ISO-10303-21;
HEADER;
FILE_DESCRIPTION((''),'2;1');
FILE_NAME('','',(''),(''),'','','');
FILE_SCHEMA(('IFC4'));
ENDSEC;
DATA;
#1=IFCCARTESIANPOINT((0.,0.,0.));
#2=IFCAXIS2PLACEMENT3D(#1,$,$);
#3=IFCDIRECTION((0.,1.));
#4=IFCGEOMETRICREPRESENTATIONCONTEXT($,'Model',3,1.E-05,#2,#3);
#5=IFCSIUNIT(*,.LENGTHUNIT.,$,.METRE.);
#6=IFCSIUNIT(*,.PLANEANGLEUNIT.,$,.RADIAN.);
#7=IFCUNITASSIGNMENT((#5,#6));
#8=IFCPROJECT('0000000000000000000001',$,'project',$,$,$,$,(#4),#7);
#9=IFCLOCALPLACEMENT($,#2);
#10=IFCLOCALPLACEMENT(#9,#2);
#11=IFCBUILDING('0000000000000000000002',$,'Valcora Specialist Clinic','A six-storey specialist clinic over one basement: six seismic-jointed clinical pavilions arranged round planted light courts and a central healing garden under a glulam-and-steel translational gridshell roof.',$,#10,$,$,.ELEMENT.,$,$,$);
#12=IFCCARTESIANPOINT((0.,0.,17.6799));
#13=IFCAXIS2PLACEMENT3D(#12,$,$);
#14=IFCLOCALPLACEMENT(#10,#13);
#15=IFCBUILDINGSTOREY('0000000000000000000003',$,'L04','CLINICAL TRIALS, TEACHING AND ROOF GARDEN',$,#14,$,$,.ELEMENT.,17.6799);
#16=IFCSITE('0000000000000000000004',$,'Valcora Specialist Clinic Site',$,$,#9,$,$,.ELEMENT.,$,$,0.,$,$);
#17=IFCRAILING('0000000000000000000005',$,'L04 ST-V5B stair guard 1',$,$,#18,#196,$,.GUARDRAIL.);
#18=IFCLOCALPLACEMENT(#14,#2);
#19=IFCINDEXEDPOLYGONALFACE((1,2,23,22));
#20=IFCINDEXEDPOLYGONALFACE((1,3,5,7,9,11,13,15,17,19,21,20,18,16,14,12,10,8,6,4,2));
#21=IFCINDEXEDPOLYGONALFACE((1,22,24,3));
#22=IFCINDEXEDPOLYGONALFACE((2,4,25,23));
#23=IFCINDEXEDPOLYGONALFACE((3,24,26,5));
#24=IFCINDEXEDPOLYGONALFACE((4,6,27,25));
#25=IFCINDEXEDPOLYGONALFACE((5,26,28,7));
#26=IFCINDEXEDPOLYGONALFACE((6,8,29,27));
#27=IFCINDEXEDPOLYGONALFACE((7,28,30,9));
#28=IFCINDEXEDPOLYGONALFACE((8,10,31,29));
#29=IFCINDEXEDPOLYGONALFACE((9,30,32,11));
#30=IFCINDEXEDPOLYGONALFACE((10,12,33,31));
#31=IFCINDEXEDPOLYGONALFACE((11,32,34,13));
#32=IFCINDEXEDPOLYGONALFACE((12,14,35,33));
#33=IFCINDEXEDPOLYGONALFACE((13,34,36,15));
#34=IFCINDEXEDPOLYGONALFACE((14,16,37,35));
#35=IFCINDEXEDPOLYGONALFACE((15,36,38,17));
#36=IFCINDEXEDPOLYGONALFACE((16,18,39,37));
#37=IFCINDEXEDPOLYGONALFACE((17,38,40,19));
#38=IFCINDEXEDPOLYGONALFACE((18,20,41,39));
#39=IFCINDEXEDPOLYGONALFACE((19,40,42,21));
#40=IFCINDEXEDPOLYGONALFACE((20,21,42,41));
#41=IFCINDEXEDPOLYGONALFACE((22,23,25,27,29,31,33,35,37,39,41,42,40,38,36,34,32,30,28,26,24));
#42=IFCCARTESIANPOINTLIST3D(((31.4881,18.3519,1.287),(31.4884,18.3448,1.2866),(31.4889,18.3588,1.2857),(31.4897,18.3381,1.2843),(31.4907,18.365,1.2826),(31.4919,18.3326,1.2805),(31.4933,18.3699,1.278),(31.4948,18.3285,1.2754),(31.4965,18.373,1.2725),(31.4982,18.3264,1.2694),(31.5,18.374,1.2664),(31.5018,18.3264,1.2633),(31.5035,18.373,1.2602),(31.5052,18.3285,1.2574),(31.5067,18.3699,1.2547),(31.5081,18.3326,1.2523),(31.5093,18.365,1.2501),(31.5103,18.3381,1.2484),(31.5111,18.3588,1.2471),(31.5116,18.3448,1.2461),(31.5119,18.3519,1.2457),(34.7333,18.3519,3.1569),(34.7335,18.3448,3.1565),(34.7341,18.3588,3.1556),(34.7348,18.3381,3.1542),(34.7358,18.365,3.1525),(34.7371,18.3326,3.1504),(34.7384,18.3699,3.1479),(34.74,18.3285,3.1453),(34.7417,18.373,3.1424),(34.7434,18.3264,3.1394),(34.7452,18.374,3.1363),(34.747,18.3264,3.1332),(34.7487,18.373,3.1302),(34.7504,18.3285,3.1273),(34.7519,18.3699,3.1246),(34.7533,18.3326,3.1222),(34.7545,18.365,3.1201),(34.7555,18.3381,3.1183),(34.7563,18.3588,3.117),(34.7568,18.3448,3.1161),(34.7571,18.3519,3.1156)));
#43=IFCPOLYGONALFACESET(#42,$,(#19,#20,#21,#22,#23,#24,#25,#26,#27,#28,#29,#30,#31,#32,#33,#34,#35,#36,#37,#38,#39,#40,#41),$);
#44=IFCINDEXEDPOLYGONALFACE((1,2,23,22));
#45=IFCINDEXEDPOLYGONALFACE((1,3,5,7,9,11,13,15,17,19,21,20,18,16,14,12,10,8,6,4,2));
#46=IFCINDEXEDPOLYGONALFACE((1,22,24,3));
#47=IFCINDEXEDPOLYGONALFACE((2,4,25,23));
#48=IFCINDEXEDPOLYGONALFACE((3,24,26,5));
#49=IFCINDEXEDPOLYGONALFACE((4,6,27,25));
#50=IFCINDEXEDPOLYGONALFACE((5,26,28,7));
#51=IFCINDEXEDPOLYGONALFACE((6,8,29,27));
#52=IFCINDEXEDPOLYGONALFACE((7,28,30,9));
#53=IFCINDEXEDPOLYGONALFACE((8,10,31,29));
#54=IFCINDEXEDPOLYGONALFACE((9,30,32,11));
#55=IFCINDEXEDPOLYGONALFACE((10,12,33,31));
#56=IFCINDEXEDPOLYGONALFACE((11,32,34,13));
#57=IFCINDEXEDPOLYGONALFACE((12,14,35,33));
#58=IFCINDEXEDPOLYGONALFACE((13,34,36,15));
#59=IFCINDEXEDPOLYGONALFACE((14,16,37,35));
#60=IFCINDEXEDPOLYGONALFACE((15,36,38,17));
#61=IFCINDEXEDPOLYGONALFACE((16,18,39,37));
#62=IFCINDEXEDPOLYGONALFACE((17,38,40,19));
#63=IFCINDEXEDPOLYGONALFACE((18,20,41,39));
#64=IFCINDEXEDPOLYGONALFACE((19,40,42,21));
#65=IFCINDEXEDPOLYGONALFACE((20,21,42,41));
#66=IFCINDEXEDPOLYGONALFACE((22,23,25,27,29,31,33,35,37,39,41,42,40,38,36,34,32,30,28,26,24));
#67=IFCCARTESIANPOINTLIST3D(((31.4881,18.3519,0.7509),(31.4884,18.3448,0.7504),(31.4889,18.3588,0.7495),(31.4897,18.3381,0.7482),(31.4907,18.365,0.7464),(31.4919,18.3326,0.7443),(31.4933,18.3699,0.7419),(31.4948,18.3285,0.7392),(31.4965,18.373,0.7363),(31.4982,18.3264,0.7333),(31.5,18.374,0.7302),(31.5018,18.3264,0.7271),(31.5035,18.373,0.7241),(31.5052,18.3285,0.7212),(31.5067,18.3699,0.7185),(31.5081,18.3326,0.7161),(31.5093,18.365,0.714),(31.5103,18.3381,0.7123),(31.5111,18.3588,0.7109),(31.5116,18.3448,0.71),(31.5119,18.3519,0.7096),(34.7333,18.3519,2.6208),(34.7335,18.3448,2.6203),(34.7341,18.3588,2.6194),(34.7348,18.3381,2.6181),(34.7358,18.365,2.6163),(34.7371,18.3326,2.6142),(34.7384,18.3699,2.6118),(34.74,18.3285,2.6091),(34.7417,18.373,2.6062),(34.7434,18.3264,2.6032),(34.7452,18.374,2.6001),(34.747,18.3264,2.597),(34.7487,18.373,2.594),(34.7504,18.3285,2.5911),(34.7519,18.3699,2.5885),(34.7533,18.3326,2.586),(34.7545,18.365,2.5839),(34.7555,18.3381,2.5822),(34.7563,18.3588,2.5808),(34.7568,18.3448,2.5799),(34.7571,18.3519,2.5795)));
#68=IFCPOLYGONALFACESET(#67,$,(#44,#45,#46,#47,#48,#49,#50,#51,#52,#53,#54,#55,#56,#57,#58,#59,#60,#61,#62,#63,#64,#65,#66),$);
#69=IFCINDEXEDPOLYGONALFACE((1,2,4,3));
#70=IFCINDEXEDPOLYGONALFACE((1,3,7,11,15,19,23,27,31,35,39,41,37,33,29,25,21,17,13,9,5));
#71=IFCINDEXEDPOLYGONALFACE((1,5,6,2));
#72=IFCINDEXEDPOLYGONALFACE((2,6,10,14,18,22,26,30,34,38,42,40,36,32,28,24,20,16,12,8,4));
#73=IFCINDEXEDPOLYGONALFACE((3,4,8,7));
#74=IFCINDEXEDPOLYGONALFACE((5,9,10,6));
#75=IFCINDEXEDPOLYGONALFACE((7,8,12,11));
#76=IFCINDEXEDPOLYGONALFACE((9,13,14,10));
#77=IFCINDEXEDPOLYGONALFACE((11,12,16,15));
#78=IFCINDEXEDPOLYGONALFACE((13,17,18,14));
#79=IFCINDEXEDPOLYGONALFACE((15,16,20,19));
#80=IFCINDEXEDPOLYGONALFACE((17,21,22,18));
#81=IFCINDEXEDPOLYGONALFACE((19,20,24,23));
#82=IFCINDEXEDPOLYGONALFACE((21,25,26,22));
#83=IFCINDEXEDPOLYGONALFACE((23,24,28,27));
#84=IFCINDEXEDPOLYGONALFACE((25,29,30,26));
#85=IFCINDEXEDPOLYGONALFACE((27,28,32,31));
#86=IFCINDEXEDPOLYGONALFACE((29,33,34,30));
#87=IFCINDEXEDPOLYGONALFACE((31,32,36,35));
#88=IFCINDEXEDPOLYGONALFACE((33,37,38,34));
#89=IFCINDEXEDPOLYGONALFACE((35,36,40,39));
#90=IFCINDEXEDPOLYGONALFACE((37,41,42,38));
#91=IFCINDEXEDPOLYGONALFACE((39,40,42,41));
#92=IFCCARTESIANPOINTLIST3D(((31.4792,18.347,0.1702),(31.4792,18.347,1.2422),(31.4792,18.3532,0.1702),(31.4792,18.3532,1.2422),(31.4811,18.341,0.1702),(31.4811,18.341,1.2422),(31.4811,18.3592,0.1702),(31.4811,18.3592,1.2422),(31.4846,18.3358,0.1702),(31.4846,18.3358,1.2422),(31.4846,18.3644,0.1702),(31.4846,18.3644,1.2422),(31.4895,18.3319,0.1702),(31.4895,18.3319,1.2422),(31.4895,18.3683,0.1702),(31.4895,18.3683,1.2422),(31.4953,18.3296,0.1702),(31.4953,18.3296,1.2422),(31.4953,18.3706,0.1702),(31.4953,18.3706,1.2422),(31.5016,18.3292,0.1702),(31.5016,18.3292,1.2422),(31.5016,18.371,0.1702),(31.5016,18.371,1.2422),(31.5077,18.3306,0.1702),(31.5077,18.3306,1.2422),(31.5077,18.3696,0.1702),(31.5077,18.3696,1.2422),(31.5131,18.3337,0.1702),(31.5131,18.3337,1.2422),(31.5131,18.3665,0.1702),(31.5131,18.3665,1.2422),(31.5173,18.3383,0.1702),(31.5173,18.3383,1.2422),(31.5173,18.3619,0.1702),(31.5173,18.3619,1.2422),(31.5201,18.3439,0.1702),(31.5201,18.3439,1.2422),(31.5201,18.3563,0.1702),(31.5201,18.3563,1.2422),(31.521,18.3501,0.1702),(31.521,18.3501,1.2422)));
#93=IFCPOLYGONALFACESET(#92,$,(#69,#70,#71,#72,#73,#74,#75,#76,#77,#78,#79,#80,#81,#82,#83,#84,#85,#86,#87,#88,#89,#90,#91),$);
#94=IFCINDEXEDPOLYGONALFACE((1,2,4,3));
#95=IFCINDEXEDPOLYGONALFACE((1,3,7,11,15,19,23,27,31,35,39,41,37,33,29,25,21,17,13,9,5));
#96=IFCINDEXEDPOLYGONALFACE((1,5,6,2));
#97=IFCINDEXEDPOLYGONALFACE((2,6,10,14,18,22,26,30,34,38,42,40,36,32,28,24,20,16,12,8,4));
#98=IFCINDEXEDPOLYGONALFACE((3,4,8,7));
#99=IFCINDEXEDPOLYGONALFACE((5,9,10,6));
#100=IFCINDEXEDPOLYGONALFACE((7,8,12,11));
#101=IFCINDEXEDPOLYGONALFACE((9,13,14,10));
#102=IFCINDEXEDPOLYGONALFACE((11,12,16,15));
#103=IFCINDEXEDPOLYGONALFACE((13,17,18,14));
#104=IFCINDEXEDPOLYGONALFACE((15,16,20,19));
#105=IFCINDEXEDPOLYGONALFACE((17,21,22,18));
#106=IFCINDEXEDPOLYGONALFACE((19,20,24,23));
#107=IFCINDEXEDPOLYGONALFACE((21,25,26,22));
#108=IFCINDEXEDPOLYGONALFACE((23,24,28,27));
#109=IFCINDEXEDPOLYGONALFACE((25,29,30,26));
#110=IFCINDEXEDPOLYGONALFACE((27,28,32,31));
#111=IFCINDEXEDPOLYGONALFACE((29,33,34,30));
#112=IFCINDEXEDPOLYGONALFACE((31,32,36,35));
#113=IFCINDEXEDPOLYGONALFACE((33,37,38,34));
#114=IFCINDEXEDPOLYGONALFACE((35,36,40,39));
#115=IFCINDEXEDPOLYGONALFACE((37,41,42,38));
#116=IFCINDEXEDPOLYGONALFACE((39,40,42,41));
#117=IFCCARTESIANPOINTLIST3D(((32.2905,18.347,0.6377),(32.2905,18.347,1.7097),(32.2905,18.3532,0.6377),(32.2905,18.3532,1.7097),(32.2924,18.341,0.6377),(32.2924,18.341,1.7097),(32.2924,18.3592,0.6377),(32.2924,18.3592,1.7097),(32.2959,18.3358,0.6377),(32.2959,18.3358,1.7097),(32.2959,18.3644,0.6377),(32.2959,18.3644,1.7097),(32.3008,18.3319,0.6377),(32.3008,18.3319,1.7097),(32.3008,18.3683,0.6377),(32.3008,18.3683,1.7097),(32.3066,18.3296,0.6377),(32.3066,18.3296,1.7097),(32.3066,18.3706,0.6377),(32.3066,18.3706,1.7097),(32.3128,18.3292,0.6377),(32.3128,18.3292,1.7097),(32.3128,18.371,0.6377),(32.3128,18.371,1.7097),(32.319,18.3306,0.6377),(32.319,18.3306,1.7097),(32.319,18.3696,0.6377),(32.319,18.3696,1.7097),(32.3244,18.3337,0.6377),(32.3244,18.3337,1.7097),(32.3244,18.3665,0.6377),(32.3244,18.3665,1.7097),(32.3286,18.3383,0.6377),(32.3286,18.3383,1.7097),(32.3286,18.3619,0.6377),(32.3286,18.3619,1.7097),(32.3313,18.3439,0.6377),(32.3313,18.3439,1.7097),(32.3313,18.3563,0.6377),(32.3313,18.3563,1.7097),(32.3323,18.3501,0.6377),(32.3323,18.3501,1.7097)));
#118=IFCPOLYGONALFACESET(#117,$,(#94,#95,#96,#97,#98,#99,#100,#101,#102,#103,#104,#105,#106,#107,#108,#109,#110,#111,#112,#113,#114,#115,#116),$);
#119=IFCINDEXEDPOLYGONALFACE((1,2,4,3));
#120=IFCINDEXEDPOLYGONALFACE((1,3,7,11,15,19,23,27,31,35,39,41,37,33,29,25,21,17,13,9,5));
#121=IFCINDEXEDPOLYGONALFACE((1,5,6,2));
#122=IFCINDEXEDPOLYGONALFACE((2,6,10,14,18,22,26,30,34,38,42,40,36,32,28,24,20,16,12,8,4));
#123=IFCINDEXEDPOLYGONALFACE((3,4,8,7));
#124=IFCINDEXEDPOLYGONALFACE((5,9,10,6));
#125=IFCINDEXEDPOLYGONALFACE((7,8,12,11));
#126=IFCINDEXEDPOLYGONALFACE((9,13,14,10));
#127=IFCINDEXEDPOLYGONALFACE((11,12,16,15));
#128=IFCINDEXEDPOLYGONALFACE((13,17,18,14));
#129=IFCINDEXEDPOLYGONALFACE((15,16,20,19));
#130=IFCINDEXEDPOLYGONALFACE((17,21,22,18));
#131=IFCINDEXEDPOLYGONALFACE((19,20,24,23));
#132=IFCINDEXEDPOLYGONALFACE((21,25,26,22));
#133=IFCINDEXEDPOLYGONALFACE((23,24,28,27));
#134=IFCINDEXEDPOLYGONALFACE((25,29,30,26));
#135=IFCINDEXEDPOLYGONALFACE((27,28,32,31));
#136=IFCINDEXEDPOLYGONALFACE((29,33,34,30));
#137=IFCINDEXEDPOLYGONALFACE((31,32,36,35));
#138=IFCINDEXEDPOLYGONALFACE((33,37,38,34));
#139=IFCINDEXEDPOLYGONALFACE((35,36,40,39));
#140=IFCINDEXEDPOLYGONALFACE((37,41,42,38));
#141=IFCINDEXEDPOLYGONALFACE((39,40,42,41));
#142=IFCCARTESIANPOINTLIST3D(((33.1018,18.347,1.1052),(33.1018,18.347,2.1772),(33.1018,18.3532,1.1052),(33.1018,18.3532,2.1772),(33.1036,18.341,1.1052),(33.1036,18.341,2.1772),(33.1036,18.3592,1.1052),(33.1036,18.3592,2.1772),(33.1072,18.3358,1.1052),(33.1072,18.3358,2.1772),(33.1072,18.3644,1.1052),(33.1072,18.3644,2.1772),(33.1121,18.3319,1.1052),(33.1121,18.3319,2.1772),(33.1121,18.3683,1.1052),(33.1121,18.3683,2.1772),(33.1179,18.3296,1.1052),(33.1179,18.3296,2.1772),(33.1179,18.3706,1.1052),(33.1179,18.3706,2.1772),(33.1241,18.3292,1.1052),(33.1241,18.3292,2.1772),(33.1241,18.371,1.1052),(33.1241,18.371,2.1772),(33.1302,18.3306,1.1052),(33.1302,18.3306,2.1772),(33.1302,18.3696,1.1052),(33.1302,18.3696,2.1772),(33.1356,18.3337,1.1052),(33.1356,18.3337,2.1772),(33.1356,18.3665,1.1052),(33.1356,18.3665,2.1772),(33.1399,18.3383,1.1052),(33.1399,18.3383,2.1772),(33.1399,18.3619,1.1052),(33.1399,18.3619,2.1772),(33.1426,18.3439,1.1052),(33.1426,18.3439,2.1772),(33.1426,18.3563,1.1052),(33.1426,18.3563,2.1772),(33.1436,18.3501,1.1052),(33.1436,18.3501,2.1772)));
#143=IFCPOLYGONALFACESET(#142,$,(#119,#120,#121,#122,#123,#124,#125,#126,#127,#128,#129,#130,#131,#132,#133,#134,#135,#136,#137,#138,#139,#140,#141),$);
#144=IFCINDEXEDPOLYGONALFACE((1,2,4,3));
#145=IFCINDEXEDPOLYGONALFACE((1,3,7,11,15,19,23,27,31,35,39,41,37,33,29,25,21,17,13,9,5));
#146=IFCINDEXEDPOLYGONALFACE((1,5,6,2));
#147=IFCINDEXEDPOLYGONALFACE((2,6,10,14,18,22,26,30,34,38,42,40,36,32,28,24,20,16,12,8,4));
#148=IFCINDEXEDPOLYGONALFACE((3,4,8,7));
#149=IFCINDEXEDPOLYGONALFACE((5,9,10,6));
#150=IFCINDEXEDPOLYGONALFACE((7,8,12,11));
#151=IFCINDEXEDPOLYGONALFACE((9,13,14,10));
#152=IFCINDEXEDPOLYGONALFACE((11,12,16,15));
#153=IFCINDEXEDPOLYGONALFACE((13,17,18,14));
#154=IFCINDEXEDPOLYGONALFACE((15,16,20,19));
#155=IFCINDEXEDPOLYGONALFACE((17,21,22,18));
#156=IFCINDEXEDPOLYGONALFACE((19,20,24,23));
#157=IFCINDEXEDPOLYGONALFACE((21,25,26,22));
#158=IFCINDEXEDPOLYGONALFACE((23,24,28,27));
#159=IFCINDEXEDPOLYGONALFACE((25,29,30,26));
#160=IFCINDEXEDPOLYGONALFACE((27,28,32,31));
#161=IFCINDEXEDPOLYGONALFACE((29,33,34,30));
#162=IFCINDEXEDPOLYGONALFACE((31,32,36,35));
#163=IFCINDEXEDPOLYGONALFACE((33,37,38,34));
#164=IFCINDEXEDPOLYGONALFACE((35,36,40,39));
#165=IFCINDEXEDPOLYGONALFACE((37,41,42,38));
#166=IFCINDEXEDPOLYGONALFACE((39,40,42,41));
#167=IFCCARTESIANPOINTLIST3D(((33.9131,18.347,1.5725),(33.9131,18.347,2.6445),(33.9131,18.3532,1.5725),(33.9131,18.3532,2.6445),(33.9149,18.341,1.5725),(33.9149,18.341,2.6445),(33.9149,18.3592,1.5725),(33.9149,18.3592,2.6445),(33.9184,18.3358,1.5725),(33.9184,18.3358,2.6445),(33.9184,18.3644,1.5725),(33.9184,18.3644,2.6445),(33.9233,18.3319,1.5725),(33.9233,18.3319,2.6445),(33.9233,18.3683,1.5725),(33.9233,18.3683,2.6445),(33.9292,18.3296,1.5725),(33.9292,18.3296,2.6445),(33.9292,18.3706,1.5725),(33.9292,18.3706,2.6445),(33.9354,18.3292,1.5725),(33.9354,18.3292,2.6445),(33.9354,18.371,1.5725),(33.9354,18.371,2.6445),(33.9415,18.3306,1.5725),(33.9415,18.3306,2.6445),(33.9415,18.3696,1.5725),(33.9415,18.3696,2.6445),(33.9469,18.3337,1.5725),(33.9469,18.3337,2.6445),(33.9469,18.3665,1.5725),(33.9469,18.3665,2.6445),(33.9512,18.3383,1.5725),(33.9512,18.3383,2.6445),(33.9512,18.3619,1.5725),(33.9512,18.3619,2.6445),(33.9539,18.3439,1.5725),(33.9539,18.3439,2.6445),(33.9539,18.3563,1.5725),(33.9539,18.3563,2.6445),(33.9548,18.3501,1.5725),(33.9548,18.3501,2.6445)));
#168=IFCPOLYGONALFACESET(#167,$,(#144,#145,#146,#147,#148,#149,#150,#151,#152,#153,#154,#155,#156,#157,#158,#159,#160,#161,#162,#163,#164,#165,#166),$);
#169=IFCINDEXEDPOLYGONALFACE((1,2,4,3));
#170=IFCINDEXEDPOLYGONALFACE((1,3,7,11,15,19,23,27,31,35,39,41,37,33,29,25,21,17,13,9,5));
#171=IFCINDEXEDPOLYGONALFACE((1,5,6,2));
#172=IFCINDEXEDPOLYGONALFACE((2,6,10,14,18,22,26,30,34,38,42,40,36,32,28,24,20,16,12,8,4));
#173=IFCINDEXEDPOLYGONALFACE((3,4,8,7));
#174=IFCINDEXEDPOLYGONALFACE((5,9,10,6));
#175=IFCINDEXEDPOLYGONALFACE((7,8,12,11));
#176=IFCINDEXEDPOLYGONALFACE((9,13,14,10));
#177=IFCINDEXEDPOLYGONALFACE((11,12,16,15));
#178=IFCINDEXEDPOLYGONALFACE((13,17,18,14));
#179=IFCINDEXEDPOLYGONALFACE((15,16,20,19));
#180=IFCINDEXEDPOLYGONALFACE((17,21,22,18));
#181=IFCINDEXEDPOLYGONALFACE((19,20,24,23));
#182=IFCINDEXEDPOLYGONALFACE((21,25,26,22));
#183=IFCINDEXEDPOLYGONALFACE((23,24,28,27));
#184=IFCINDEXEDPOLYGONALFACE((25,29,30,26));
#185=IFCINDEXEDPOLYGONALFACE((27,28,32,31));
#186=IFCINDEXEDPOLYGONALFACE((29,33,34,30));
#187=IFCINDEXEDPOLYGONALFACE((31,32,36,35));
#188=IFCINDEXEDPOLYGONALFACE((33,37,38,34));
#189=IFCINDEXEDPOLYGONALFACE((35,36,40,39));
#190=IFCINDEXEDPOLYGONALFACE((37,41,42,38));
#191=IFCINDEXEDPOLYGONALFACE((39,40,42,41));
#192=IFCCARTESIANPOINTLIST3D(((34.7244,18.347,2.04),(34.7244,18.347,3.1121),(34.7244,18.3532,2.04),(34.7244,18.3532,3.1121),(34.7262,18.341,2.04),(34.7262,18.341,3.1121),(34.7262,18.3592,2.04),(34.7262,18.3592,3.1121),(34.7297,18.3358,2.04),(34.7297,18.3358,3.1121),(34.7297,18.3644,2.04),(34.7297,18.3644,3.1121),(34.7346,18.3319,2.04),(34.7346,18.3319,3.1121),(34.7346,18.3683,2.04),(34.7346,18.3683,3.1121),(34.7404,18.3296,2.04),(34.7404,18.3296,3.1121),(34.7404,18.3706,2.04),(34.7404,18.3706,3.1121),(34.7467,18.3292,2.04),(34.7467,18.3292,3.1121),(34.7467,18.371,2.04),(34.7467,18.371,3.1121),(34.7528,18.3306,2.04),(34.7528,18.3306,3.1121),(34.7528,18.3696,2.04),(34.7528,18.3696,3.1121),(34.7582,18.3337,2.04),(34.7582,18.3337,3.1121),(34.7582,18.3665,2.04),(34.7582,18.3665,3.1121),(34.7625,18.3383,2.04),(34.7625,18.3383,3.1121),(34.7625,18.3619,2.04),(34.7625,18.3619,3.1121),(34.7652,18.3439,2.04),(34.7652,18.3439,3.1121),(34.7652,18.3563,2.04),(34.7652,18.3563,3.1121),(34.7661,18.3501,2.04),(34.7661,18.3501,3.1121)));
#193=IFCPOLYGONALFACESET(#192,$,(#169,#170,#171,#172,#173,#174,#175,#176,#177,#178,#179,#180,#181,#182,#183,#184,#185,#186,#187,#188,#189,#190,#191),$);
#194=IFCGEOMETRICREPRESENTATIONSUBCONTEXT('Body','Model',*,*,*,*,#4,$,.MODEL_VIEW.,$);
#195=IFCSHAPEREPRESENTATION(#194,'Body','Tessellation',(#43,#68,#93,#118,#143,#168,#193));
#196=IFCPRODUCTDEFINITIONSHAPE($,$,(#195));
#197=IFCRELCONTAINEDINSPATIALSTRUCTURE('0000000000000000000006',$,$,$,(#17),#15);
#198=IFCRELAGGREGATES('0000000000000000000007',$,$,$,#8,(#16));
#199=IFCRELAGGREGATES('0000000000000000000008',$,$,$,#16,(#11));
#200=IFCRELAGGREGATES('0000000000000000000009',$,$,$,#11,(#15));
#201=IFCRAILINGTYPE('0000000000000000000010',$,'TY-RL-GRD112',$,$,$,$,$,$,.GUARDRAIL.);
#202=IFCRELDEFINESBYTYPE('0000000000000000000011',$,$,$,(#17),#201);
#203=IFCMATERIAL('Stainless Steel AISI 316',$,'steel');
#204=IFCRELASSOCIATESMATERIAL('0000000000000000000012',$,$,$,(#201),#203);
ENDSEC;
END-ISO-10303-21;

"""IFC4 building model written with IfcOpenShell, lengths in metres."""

from ifc_helpers import new_model, si_unit, direction, frame, origin, origin_2d, place, context, subcontext, project, spatial, circle, extrude, material, type_object, element, save


model = new_model("IFC4")

# Units and contexts
model_context = context("Model", 3, precision=1e-05, world=origin(), true_north=direction((0.0, 1.0)))
body_context = subcontext(model_context, "Body", "Model", "MODEL_VIEW")
ifc_project = project(units=[si_unit("LENGTHUNIT", "METRE"), si_unit("PLANEANGLEUNIT", "RADIAN")], contexts=[model_context])

# Site, building, storey
site_placement = place(None, origin())
site = spatial("IfcSite", under=ifc_project, at=site_placement, Name="Valcora Specialist Clinic Site", CompositionType="ELEMENT", RefElevation=0.0)
building_placement = place(site_placement, origin())
building = spatial("IfcBuilding", under=site, at=building_placement, Name="Valcora Specialist Clinic", Description="A six-storey specialist clinic over one basement: six seismic-jointed clinical pavilions arranged round planted light courts and a central healing garden under a glulam-and-steel translational gridshell roof.", CompositionType="ELEMENT")
storey_placement = place(building_placement, frame((0.0, 0.0, 17.6799)))
storey = spatial("IfcBuildingStorey", under=building, at=storey_placement, Name="L04", Description="CLINICAL TRIALS, TEACHING AND ROOF GARDEN", CompositionType="ELEMENT", Elevation=17.6799)

# Railing
ifc_material_1 = material(Name="Stainless Steel AISI 316", Category="steel")
railing_type_1 = type_object("IfcRailingType", Name="TY-RL-GRD112", PredefinedType="GUARDRAIL", material=ifc_material_1)
railing_1_placement = place(storey_placement, frame((31.5, 18.3501, 0.1702)))
element("IfcRailing", 1, at=railing_1_placement, inside=storey, type_object=railing_type_1, Name="L04 ST-V5B stair guard 1", PredefinedType="GUARDRAIL", context=body_context, shape_type="SweptSolid", body=[
    extrude(circle(Radius=0.0239, at=origin_2d()), frame((0.0, 0.0, 1.0962), z_axis=(0.866452, 0.0, 0.49926), x_axis=(0.0, 1.0, 0.0)), (0.0, 0.0, 1.0), 3.7454),
    extrude(circle(Radius=0.0239, at=origin_2d()), frame((0.0, 0.0, 0.5601), z_axis=(0.866452, 0.0, 0.49926), x_axis=(0.0, 1.0, 0.0)), (0.0, 0.0, 1.0), 3.7454),
    extrude(circle(Radius=0.021, at=origin_2d()), origin(), (0.0, 0.0, 1.0), 1.072),
    extrude(circle(Radius=0.021, at=origin_2d()), frame((0.8113, 0.0, 0.4675)), (0.0, 0.0, 1.0), 1.072),
    extrude(circle(Radius=0.021, at=origin_2d()), frame((1.6226, 0.0, 0.9351)), (0.0, 0.0, 1.0), 1.072),
    extrude(circle(Radius=0.021, at=origin_2d()), frame((2.4338, 0.0, 1.4023)), (0.0, 0.0, 1.0), 1.072),
    extrude(circle(Radius=0.021, at=origin_2d()), frame((3.2451, 0.0, 1.8699)), (0.0, 0.0, 1.0), 1.072),
])

save(model, "model.ifc")
